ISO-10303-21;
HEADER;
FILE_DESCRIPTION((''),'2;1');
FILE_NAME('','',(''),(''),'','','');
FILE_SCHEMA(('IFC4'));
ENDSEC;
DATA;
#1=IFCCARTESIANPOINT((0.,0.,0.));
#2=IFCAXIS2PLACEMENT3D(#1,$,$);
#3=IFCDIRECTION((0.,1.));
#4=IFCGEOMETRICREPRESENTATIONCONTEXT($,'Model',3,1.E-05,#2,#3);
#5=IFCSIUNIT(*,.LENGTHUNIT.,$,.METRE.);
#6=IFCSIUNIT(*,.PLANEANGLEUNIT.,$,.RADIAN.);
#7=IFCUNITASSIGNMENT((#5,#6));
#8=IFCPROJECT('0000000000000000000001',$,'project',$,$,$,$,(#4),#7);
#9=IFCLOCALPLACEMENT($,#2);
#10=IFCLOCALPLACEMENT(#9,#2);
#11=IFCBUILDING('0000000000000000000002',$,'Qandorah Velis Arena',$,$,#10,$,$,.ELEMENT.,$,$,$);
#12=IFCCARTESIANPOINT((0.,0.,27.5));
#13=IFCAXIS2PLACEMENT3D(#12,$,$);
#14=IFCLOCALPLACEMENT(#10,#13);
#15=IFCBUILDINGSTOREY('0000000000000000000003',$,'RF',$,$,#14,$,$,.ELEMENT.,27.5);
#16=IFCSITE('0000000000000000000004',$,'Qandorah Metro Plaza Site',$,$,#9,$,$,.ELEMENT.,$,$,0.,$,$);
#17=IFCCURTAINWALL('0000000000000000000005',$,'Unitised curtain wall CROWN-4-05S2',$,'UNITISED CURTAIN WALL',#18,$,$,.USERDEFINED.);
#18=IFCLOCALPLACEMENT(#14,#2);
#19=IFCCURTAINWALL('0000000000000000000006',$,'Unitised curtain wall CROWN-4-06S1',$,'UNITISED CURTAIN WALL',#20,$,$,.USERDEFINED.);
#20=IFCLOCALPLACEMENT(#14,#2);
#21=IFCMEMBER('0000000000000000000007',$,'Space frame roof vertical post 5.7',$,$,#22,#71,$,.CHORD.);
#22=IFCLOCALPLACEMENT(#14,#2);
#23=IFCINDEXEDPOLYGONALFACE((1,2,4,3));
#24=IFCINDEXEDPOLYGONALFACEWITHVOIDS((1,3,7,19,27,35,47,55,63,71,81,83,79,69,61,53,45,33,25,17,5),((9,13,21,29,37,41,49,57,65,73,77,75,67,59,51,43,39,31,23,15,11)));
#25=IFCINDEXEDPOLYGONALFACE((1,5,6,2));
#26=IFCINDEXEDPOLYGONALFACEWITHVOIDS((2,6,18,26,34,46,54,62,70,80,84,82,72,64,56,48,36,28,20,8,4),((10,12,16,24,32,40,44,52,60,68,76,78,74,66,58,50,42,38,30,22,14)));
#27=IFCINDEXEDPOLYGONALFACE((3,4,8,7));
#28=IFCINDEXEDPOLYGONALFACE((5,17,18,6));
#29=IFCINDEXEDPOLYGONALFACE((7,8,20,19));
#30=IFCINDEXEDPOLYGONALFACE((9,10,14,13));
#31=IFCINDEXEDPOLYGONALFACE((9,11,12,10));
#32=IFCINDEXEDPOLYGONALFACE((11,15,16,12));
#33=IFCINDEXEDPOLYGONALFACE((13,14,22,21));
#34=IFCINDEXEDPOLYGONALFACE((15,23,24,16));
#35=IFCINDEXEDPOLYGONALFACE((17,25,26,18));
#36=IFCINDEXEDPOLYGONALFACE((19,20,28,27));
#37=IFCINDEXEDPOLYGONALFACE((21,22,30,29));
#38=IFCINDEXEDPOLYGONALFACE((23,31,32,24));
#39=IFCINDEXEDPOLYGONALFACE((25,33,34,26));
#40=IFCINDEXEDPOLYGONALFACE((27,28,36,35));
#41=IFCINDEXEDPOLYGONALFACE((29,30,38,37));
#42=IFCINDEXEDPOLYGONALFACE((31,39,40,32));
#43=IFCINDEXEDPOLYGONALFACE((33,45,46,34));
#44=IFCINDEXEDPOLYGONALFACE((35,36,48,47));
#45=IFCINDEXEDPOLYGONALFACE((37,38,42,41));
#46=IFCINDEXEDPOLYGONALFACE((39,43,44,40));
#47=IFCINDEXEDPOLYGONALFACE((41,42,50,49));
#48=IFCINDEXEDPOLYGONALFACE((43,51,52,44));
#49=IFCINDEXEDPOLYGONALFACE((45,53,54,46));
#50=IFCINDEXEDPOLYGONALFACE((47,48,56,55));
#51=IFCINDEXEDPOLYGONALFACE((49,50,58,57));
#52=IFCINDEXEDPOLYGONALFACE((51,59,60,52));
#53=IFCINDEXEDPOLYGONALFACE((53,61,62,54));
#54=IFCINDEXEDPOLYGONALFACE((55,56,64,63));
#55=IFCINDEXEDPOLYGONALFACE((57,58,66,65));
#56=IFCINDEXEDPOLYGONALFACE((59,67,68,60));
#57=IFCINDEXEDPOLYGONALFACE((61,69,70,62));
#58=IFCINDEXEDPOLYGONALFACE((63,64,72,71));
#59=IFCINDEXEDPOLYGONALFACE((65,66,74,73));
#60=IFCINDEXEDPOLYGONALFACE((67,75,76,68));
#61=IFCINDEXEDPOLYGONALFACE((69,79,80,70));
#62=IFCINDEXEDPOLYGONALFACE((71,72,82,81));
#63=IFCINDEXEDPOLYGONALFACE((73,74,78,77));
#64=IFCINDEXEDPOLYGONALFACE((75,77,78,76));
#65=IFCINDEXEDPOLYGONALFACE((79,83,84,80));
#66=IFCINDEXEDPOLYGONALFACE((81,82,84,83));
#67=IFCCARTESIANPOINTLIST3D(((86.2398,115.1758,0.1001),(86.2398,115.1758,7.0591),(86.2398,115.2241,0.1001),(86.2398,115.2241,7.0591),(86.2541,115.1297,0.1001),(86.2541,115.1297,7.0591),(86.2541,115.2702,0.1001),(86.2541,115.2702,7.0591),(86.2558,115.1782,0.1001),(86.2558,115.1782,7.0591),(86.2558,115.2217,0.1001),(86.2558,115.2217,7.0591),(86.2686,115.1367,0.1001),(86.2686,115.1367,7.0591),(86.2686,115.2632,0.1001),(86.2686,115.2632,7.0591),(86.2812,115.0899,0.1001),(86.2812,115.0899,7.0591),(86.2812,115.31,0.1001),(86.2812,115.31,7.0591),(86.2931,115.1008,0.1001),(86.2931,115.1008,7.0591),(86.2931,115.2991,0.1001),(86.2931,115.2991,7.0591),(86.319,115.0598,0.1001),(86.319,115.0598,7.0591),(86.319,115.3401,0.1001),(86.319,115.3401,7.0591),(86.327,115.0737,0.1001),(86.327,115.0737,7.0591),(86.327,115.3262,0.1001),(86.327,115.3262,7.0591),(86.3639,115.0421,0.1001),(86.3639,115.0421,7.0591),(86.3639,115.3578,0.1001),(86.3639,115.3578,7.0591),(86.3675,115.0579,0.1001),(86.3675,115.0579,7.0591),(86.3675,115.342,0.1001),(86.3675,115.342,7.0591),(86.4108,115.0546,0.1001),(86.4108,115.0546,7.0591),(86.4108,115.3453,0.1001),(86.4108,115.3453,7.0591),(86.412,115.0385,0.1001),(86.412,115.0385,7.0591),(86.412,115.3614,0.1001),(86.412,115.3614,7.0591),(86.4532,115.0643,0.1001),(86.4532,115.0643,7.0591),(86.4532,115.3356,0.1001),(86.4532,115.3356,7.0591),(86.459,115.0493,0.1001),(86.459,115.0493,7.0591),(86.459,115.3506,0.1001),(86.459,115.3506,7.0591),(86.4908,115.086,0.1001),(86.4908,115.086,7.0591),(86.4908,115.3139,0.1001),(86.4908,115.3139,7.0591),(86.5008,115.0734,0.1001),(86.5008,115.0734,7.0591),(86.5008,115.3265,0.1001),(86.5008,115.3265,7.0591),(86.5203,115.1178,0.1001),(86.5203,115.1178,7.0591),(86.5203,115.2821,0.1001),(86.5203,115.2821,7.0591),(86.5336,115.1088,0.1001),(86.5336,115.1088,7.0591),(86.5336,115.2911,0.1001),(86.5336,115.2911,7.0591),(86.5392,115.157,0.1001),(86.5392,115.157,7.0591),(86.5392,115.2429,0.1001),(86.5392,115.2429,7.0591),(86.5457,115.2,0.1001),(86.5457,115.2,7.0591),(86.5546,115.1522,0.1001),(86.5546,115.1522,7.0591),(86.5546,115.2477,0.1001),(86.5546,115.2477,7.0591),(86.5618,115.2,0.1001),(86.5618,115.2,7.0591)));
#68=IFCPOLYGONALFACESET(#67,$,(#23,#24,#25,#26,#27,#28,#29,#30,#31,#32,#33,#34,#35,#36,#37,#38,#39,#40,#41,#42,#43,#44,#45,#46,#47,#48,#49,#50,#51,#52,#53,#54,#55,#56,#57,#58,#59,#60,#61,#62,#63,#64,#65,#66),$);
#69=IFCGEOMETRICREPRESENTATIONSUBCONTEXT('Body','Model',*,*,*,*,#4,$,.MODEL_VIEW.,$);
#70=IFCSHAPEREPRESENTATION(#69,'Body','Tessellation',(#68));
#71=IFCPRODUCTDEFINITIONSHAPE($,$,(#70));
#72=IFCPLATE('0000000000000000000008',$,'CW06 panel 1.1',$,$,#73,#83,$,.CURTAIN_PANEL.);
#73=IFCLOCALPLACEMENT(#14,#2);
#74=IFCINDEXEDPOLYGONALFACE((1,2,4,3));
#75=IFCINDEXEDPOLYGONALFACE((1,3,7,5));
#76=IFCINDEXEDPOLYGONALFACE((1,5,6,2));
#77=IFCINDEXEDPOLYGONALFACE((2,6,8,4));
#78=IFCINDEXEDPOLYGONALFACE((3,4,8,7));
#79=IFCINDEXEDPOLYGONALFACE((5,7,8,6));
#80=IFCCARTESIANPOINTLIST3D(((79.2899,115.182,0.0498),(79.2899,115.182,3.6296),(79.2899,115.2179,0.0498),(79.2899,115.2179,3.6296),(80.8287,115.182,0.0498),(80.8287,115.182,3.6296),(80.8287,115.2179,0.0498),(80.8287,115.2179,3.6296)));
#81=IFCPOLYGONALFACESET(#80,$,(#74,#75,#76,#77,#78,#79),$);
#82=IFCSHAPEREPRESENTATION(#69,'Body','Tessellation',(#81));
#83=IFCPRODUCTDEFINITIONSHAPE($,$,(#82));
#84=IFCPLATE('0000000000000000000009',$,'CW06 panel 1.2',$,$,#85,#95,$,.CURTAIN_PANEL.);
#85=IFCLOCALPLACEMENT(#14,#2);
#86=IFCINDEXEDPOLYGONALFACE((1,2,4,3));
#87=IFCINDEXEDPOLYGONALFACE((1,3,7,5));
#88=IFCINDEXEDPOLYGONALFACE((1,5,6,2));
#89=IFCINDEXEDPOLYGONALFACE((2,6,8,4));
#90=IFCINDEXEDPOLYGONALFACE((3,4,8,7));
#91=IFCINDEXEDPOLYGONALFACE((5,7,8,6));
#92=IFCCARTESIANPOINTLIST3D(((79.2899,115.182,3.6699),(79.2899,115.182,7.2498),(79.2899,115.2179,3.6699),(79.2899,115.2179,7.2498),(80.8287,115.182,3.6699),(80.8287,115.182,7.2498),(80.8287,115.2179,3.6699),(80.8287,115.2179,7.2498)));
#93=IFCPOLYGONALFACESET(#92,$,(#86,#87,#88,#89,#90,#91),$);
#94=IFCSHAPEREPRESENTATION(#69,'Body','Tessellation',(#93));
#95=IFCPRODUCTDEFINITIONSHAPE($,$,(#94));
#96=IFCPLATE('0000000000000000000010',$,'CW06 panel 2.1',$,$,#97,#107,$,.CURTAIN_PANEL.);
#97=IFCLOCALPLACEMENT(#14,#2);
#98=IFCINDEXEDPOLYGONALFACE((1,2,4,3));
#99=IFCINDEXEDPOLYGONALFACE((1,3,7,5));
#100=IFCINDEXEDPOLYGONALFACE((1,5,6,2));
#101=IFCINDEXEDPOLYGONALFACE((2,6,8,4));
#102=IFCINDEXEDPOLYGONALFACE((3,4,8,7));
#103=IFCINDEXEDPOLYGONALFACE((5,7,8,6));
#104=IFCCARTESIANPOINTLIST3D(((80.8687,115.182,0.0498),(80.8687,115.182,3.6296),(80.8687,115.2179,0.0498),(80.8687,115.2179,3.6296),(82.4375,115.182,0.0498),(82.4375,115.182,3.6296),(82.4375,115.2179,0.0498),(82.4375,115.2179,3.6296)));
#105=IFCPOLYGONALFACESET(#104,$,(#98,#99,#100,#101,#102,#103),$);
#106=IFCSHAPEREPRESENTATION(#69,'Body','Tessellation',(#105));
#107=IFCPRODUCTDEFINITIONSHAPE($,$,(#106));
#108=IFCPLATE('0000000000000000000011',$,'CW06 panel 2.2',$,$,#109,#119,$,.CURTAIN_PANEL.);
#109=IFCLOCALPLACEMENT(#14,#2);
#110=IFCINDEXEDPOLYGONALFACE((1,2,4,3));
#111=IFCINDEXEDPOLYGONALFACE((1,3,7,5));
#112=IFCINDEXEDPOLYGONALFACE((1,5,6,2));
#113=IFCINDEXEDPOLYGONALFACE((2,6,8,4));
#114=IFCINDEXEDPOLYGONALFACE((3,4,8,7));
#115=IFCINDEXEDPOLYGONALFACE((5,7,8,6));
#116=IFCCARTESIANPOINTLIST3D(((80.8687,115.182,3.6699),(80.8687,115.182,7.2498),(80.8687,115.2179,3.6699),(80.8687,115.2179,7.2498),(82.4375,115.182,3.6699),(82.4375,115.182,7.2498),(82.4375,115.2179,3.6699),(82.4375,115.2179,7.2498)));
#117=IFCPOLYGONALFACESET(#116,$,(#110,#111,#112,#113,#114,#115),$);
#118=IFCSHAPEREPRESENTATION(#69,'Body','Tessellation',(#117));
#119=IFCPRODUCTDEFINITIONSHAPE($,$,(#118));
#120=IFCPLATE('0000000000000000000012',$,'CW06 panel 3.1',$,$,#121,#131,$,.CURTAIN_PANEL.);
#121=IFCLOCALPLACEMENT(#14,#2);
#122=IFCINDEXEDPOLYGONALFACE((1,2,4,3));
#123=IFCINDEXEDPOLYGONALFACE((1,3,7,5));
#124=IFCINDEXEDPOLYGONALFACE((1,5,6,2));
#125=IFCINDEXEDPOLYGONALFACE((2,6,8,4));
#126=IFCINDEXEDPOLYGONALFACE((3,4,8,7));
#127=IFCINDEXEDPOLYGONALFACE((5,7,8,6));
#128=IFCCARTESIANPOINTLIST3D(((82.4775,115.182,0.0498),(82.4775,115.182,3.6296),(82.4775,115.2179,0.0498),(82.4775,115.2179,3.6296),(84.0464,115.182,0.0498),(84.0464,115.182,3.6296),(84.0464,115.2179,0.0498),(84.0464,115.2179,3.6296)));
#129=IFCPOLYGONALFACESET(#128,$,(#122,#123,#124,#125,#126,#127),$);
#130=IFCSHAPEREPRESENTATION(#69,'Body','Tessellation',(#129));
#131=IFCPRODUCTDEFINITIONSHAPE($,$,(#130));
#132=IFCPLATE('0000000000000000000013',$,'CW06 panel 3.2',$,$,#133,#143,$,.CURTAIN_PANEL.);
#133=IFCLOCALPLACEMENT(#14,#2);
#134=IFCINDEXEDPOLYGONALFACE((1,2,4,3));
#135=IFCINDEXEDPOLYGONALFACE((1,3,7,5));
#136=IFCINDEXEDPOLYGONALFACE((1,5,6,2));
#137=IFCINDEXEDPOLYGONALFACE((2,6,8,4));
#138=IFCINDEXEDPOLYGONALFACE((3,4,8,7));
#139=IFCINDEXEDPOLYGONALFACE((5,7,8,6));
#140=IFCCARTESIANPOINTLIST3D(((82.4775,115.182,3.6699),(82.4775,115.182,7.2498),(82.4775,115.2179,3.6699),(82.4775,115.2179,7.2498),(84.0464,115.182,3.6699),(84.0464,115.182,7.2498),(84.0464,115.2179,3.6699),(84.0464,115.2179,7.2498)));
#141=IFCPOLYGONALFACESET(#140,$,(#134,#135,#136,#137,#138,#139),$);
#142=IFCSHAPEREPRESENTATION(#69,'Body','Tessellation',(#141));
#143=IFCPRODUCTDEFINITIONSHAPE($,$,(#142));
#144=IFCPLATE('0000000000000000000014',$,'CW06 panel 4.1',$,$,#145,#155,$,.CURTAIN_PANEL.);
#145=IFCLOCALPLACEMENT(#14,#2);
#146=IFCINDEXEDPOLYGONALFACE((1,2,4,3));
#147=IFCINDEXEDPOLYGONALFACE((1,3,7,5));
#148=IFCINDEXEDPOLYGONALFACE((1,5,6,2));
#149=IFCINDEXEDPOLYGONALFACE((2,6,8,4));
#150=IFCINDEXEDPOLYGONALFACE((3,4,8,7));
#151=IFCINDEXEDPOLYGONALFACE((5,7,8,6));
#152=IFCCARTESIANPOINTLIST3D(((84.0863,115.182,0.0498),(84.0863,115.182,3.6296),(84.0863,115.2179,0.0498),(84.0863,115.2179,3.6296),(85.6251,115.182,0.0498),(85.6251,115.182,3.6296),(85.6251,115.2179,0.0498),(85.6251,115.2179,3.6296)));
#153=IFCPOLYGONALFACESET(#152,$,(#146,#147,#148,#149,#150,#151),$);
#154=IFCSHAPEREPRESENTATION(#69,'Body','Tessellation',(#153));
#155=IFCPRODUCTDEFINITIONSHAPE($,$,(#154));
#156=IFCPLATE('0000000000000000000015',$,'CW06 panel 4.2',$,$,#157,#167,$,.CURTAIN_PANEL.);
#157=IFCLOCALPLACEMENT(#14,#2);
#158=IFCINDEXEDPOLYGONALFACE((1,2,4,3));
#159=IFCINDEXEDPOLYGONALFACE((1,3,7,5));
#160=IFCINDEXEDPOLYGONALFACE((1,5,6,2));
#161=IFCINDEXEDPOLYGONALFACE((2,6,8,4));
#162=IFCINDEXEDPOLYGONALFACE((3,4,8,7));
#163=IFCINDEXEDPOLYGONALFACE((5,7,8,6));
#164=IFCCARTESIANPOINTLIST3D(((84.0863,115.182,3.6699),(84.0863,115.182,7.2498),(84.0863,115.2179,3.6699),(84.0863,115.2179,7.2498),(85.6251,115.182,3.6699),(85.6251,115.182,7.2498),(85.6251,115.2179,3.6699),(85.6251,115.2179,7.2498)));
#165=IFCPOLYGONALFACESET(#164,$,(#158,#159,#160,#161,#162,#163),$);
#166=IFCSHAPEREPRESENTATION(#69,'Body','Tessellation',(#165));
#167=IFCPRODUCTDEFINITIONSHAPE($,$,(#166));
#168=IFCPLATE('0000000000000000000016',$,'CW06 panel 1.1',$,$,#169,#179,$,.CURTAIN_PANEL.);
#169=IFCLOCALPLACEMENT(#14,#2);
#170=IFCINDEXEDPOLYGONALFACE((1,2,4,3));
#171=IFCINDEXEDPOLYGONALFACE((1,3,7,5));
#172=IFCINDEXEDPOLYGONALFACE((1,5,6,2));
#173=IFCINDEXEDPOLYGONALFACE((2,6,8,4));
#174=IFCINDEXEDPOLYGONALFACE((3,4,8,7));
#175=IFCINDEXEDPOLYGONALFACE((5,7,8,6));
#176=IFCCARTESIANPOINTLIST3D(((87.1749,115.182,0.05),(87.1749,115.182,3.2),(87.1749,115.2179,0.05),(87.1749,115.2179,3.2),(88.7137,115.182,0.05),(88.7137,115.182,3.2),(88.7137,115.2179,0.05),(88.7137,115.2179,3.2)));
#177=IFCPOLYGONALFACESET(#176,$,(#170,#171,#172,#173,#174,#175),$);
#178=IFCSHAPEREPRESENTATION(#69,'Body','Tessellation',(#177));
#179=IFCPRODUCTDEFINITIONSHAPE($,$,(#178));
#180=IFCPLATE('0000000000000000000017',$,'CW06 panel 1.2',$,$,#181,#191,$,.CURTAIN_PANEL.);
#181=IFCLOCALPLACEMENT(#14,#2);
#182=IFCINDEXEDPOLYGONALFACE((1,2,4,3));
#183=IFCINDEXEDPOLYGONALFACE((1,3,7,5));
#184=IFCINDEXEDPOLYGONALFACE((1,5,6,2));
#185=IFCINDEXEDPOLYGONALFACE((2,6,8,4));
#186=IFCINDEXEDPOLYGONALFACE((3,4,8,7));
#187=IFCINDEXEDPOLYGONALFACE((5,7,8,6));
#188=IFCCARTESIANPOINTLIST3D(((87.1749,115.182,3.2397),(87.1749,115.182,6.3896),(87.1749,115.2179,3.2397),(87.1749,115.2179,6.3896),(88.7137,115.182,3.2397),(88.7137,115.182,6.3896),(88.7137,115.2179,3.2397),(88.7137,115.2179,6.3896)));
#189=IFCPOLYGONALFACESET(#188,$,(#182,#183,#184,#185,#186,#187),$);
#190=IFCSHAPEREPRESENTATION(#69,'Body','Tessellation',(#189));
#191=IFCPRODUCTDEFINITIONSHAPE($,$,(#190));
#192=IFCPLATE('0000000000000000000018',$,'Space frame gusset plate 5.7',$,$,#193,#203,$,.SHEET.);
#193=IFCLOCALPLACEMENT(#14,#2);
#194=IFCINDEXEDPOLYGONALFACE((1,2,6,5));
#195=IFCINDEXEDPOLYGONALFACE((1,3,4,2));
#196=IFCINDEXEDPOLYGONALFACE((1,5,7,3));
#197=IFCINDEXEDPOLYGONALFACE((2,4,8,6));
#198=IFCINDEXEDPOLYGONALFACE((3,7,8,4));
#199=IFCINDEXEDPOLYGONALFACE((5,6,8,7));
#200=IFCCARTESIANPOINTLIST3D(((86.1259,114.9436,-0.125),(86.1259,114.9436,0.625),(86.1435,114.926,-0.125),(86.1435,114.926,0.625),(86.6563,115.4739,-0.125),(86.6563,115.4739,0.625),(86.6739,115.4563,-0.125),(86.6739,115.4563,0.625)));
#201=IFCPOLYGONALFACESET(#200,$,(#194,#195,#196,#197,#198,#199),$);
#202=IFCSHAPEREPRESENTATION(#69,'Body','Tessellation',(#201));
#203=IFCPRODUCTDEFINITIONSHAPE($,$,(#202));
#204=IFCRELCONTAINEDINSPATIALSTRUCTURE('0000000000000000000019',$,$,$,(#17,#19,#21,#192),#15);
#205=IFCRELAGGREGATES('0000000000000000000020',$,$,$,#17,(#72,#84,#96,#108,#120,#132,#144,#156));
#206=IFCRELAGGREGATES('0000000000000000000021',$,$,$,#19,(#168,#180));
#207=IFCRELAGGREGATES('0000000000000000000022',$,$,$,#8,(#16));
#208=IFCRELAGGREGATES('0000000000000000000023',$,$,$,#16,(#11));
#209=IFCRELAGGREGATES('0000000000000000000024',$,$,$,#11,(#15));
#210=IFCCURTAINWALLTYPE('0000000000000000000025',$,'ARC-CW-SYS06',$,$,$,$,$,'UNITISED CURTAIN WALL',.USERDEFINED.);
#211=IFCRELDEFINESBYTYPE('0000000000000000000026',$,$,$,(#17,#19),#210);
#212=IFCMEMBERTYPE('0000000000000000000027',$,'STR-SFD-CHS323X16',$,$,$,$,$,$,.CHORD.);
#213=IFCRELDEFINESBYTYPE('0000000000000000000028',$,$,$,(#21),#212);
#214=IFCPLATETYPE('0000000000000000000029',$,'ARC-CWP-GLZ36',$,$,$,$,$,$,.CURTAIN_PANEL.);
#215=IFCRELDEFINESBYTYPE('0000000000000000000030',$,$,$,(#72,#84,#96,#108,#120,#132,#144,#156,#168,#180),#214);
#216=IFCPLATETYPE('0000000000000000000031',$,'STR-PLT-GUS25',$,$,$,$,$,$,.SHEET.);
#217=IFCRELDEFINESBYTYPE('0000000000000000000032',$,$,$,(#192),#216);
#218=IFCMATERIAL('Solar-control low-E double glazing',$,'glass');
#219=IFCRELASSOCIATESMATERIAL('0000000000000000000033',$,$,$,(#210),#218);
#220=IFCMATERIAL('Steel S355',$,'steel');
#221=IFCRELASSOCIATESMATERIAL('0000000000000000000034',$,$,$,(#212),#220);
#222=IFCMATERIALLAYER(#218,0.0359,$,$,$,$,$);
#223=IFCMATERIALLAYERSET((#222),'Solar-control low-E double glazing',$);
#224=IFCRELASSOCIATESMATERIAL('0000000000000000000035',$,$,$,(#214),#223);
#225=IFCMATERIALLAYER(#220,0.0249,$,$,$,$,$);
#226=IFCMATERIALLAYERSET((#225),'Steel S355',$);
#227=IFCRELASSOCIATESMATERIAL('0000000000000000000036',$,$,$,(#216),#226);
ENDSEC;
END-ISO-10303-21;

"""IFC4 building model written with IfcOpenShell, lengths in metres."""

from ifc_helpers import new_model, si_unit, direction, frame, origin, origin_2d, place, context, subcontext, project, spatial, rectangle, hollow_circle, extrude, material, layer, layer_set, material_profile, profile_set, type_object, element, aggregate, save


model = new_model("IFC4")

# Units and contexts
model_context = context("Model", 3, precision=1e-05, world=origin(), true_north=direction((0.0, 1.0)))
body_context = subcontext(model_context, "Body", "Model", "MODEL_VIEW")
ifc_project = project(units=[si_unit("LENGTHUNIT", "METRE"), si_unit("PLANEANGLEUNIT", "RADIAN")], contexts=[model_context])

# Site, building, storey
site_placement = place(None, origin())
site = spatial("IfcSite", under=ifc_project, at=site_placement, Name="Qandorah Metro Plaza Site", CompositionType="ELEMENT", RefElevation=0.0)
building_placement = place(site_placement, origin())
building = spatial("IfcBuilding", under=site, at=building_placement, Name="Qandorah Velis Arena", CompositionType="ELEMENT")
storey_placement = place(building_placement, frame((0.0, 0.0, 27.5)))
storey = spatial("IfcBuildingStorey", under=building, at=storey_placement, Name="RF", CompositionType="ELEMENT", Elevation=27.5)

# Curtain walls
ifc_material_1 = material(Name="Solar-control low-E double glazing", Category="glass")
curtain_wall_type = type_object("IfcCurtainWallType", Name="ARC-CW-SYS06", ElementType="UNITISED CURTAIN WALL", PredefinedType="USERDEFINED", material=ifc_material_1)
curtain_wall_1_placement = place(storey_placement, origin())
curtain_wall_1 = element("IfcCurtainWall", 1, at=curtain_wall_1_placement, inside=storey, type_object=curtain_wall_type, Name="Unitised curtain wall CROWN-4-05S2", ObjectType="UNITISED CURTAIN WALL", PredefinedType="USERDEFINED")
curtain_wall_2_placement = place(storey_placement, origin())
curtain_wall_2 = element("IfcCurtainWall", 2, at=curtain_wall_2_placement, inside=storey, type_object=curtain_wall_type, Name="Unitised curtain wall CROWN-4-06S1", ObjectType="UNITISED CURTAIN WALL", PredefinedType="USERDEFINED")

# Shared definitions
ifc_material_2 = material(Name="Steel S355", Category="steel")

# Member
ifc_material_profile_1 = material_profile(ifc_material_2, hollow_circle(Radius=0.1619, WallThickness=0.0161, at=origin_2d()), Name="CHS 323.9x16")
ifc_profile_set_1 = profile_set([ifc_material_profile_1], Name="Steel S355")
member_type_1 = type_object("IfcMemberType", Name="STR-SFD-CHS323X16", PredefinedType="CHORD", material=ifc_profile_set_1)
member_1_placement = place(storey_placement, frame((86.3999, 115.2, 0.1001), z_axis=(0.0, 0.0, 1.0), x_axis=(1.0, 0.0, 0.0)))
element("IfcMember", 3, at=member_1_placement, inside=storey, type_object=member_type_1, Name="Space frame roof vertical post 5.7", PredefinedType="CHORD", context=body_context, shape_type="SweptSolid", body=[
    extrude(hollow_circle(Radius=0.1619, WallThickness=0.0161, at=origin_2d()), origin(), (0.0, 0.0, 1.0), 6.959),
])

# Plates
ifc_layer_1 = layer(ifc_material_1, 0.0359)
ifc_layer_set_1 = layer_set([ifc_layer_1], Name="Solar-control low-E double glazing")
plate_type_1 = type_object("IfcPlateType", Name="ARC-CWP-GLZ36", PredefinedType="CURTAIN_PANEL", material=ifc_layer_set_1)
plate_1_placement = place(storey_placement, frame((80.0593, 115.2, 0.0498), z_axis=(0.0, 0.0, 1.0), x_axis=(1.0, 0.0, 0.0)))
plate_1 = element("IfcPlate", 4, at=plate_1_placement, type_object=plate_type_1, Name="CW06 panel 1.1", PredefinedType="CURTAIN_PANEL", context=body_context, shape_type="SweptSolid", body=[
    extrude(rectangle(XDim=1.5388, YDim=0.0359, at=origin_2d()), origin(), (0.0, 0.0, 1.0), 3.5798),
])
plate_2_placement = place(storey_placement, frame((80.0593, 115.2, 3.6699), z_axis=(0.0, 0.0, 1.0), x_axis=(1.0, 0.0, 0.0)))
plate_2 = element("IfcPlate", 5, at=plate_2_placement, type_object=plate_type_1, Name="CW06 panel 1.2", PredefinedType="CURTAIN_PANEL", context=body_context, shape_type="SweptSolid", body=[
    extrude(rectangle(XDim=1.5388, YDim=0.0359, at=origin_2d()), origin(), (0.0, 0.0, 1.0), 3.5798),
])
plate_3_placement = place(storey_placement, frame((81.6531, 115.2, 0.0498), z_axis=(0.0, 0.0, 1.0), x_axis=(1.0, 0.0, 0.0)))
plate_3 = element("IfcPlate", 6, at=plate_3_placement, type_object=plate_type_1, Name="CW06 panel 2.1", PredefinedType="CURTAIN_PANEL", context=body_context, shape_type="SweptSolid", body=[
    extrude(rectangle(XDim=1.5688, YDim=0.0359, at=origin_2d()), origin(), (0.0, 0.0, 1.0), 3.5798),
])
plate_4_placement = place(storey_placement, frame((81.6531, 115.2, 3.6699), z_axis=(0.0, 0.0, 1.0), x_axis=(1.0, 0.0, 0.0)))
plate_4 = element("IfcPlate", 7, at=plate_4_placement, type_object=plate_type_1, Name="CW06 panel 2.2", PredefinedType="CURTAIN_PANEL", context=body_context, shape_type="SweptSolid", body=[
    extrude(rectangle(XDim=1.5688, YDim=0.0359, at=origin_2d()), origin(), (0.0, 0.0, 1.0), 3.5798),
])
plate_5_placement = place(storey_placement, frame((83.262, 115.2, 0.0498), z_axis=(0.0, 0.0, 1.0), x_axis=(1.0, 0.0, 0.0)))
plate_5 = element("IfcPlate", 8, at=plate_5_placement, type_object=plate_type_1, Name="CW06 panel 3.1", PredefinedType="CURTAIN_PANEL", context=body_context, shape_type="SweptSolid", body=[
    extrude(rectangle(XDim=1.5688, YDim=0.0359, at=origin_2d()), origin(), (0.0, 0.0, 1.0), 3.5798),
])
plate_6_placement = place(storey_placement, frame((83.262, 115.2, 3.6699), z_axis=(0.0, 0.0, 1.0), x_axis=(1.0, 0.0, 0.0)))
plate_6 = element("IfcPlate", 9, at=plate_6_placement, type_object=plate_type_1, Name="CW06 panel 3.2", PredefinedType="CURTAIN_PANEL", context=body_context, shape_type="SweptSolid", body=[
    extrude(rectangle(XDim=1.5688, YDim=0.0359, at=origin_2d()), origin(), (0.0, 0.0, 1.0), 3.5798),
])
plate_7_placement = place(storey_placement, frame((84.8557, 115.2, 0.0498), z_axis=(0.0, 0.0, 1.0), x_axis=(1.0, 0.0, 0.0)))
plate_7 = element("IfcPlate", 10, at=plate_7_placement, type_object=plate_type_1, Name="CW06 panel 4.1", PredefinedType="CURTAIN_PANEL", context=body_context, shape_type="SweptSolid", body=[
    extrude(rectangle(XDim=1.5388, YDim=0.0359, at=origin_2d()), origin(), (0.0, 0.0, 1.0), 3.5798),
])
plate_8_placement = place(storey_placement, frame((84.8557, 115.2, 3.6699), z_axis=(0.0, 0.0, 1.0), x_axis=(1.0, 0.0, 0.0)))
plate_8 = element("IfcPlate", 11, at=plate_8_placement, type_object=plate_type_1, Name="CW06 panel 4.2", PredefinedType="CURTAIN_PANEL", context=body_context, shape_type="SweptSolid", body=[
    extrude(rectangle(XDim=1.5388, YDim=0.0359, at=origin_2d()), origin(), (0.0, 0.0, 1.0), 3.5798),
])
aggregate(curtain_wall_1, [plate_1, plate_2, plate_3, plate_4, plate_5, plate_6, plate_7, plate_8])
plate_9_placement = place(storey_placement, frame((87.9443, 115.2, 0.05), z_axis=(0.0, 0.0, 1.0), x_axis=(1.0, 0.0, 0.0)))
plate_9 = element("IfcPlate", 12, at=plate_9_placement, type_object=plate_type_1, Name="CW06 panel 1.1", PredefinedType="CURTAIN_PANEL", context=body_context, shape_type="SweptSolid", body=[
    extrude(rectangle(XDim=1.5388, YDim=0.0359, at=origin_2d()), origin(), (0.0, 0.0, 1.0), 3.1499),
])
plate_10_placement = place(storey_placement, frame((87.9443, 115.2, 3.2397), z_axis=(0.0, 0.0, 1.0), x_axis=(1.0, 0.0, 0.0)))
plate_10 = element("IfcPlate", 13, at=plate_10_placement, type_object=plate_type_1, Name="CW06 panel 1.2", PredefinedType="CURTAIN_PANEL", context=body_context, shape_type="SweptSolid", body=[
    extrude(rectangle(XDim=1.5388, YDim=0.0359, at=origin_2d()), origin(), (0.0, 0.0, 1.0), 3.1499),
])
aggregate(curtain_wall_2, [plate_9, plate_10])
ifc_layer_2 = layer(ifc_material_2, 0.0249)
ifc_layer_set_2 = layer_set([ifc_layer_2], Name="Steel S355")
plate_type_2 = type_object("IfcPlateType", Name="STR-PLT-GUS25", PredefinedType="SHEET", material=ifc_layer_set_2)
plate_11_placement = place(storey_placement, frame((86.3999, 115.2, -0.125), z_axis=(0.0, 0.0, 1.0), x_axis=(0.707107, 0.707107, 0.0)))
element("IfcPlate", 14, at=plate_11_placement, inside=storey, type_object=plate_type_2, Name="Space frame gusset plate 5.7", PredefinedType="SHEET", context=body_context, shape_type="SweptSolid", body=[
    extrude(rectangle(XDim=0.75, YDim=0.0249, at=origin_2d()), origin(), (0.0, 0.0, 1.0), 0.75),
])

save(model, "model.ifc")
